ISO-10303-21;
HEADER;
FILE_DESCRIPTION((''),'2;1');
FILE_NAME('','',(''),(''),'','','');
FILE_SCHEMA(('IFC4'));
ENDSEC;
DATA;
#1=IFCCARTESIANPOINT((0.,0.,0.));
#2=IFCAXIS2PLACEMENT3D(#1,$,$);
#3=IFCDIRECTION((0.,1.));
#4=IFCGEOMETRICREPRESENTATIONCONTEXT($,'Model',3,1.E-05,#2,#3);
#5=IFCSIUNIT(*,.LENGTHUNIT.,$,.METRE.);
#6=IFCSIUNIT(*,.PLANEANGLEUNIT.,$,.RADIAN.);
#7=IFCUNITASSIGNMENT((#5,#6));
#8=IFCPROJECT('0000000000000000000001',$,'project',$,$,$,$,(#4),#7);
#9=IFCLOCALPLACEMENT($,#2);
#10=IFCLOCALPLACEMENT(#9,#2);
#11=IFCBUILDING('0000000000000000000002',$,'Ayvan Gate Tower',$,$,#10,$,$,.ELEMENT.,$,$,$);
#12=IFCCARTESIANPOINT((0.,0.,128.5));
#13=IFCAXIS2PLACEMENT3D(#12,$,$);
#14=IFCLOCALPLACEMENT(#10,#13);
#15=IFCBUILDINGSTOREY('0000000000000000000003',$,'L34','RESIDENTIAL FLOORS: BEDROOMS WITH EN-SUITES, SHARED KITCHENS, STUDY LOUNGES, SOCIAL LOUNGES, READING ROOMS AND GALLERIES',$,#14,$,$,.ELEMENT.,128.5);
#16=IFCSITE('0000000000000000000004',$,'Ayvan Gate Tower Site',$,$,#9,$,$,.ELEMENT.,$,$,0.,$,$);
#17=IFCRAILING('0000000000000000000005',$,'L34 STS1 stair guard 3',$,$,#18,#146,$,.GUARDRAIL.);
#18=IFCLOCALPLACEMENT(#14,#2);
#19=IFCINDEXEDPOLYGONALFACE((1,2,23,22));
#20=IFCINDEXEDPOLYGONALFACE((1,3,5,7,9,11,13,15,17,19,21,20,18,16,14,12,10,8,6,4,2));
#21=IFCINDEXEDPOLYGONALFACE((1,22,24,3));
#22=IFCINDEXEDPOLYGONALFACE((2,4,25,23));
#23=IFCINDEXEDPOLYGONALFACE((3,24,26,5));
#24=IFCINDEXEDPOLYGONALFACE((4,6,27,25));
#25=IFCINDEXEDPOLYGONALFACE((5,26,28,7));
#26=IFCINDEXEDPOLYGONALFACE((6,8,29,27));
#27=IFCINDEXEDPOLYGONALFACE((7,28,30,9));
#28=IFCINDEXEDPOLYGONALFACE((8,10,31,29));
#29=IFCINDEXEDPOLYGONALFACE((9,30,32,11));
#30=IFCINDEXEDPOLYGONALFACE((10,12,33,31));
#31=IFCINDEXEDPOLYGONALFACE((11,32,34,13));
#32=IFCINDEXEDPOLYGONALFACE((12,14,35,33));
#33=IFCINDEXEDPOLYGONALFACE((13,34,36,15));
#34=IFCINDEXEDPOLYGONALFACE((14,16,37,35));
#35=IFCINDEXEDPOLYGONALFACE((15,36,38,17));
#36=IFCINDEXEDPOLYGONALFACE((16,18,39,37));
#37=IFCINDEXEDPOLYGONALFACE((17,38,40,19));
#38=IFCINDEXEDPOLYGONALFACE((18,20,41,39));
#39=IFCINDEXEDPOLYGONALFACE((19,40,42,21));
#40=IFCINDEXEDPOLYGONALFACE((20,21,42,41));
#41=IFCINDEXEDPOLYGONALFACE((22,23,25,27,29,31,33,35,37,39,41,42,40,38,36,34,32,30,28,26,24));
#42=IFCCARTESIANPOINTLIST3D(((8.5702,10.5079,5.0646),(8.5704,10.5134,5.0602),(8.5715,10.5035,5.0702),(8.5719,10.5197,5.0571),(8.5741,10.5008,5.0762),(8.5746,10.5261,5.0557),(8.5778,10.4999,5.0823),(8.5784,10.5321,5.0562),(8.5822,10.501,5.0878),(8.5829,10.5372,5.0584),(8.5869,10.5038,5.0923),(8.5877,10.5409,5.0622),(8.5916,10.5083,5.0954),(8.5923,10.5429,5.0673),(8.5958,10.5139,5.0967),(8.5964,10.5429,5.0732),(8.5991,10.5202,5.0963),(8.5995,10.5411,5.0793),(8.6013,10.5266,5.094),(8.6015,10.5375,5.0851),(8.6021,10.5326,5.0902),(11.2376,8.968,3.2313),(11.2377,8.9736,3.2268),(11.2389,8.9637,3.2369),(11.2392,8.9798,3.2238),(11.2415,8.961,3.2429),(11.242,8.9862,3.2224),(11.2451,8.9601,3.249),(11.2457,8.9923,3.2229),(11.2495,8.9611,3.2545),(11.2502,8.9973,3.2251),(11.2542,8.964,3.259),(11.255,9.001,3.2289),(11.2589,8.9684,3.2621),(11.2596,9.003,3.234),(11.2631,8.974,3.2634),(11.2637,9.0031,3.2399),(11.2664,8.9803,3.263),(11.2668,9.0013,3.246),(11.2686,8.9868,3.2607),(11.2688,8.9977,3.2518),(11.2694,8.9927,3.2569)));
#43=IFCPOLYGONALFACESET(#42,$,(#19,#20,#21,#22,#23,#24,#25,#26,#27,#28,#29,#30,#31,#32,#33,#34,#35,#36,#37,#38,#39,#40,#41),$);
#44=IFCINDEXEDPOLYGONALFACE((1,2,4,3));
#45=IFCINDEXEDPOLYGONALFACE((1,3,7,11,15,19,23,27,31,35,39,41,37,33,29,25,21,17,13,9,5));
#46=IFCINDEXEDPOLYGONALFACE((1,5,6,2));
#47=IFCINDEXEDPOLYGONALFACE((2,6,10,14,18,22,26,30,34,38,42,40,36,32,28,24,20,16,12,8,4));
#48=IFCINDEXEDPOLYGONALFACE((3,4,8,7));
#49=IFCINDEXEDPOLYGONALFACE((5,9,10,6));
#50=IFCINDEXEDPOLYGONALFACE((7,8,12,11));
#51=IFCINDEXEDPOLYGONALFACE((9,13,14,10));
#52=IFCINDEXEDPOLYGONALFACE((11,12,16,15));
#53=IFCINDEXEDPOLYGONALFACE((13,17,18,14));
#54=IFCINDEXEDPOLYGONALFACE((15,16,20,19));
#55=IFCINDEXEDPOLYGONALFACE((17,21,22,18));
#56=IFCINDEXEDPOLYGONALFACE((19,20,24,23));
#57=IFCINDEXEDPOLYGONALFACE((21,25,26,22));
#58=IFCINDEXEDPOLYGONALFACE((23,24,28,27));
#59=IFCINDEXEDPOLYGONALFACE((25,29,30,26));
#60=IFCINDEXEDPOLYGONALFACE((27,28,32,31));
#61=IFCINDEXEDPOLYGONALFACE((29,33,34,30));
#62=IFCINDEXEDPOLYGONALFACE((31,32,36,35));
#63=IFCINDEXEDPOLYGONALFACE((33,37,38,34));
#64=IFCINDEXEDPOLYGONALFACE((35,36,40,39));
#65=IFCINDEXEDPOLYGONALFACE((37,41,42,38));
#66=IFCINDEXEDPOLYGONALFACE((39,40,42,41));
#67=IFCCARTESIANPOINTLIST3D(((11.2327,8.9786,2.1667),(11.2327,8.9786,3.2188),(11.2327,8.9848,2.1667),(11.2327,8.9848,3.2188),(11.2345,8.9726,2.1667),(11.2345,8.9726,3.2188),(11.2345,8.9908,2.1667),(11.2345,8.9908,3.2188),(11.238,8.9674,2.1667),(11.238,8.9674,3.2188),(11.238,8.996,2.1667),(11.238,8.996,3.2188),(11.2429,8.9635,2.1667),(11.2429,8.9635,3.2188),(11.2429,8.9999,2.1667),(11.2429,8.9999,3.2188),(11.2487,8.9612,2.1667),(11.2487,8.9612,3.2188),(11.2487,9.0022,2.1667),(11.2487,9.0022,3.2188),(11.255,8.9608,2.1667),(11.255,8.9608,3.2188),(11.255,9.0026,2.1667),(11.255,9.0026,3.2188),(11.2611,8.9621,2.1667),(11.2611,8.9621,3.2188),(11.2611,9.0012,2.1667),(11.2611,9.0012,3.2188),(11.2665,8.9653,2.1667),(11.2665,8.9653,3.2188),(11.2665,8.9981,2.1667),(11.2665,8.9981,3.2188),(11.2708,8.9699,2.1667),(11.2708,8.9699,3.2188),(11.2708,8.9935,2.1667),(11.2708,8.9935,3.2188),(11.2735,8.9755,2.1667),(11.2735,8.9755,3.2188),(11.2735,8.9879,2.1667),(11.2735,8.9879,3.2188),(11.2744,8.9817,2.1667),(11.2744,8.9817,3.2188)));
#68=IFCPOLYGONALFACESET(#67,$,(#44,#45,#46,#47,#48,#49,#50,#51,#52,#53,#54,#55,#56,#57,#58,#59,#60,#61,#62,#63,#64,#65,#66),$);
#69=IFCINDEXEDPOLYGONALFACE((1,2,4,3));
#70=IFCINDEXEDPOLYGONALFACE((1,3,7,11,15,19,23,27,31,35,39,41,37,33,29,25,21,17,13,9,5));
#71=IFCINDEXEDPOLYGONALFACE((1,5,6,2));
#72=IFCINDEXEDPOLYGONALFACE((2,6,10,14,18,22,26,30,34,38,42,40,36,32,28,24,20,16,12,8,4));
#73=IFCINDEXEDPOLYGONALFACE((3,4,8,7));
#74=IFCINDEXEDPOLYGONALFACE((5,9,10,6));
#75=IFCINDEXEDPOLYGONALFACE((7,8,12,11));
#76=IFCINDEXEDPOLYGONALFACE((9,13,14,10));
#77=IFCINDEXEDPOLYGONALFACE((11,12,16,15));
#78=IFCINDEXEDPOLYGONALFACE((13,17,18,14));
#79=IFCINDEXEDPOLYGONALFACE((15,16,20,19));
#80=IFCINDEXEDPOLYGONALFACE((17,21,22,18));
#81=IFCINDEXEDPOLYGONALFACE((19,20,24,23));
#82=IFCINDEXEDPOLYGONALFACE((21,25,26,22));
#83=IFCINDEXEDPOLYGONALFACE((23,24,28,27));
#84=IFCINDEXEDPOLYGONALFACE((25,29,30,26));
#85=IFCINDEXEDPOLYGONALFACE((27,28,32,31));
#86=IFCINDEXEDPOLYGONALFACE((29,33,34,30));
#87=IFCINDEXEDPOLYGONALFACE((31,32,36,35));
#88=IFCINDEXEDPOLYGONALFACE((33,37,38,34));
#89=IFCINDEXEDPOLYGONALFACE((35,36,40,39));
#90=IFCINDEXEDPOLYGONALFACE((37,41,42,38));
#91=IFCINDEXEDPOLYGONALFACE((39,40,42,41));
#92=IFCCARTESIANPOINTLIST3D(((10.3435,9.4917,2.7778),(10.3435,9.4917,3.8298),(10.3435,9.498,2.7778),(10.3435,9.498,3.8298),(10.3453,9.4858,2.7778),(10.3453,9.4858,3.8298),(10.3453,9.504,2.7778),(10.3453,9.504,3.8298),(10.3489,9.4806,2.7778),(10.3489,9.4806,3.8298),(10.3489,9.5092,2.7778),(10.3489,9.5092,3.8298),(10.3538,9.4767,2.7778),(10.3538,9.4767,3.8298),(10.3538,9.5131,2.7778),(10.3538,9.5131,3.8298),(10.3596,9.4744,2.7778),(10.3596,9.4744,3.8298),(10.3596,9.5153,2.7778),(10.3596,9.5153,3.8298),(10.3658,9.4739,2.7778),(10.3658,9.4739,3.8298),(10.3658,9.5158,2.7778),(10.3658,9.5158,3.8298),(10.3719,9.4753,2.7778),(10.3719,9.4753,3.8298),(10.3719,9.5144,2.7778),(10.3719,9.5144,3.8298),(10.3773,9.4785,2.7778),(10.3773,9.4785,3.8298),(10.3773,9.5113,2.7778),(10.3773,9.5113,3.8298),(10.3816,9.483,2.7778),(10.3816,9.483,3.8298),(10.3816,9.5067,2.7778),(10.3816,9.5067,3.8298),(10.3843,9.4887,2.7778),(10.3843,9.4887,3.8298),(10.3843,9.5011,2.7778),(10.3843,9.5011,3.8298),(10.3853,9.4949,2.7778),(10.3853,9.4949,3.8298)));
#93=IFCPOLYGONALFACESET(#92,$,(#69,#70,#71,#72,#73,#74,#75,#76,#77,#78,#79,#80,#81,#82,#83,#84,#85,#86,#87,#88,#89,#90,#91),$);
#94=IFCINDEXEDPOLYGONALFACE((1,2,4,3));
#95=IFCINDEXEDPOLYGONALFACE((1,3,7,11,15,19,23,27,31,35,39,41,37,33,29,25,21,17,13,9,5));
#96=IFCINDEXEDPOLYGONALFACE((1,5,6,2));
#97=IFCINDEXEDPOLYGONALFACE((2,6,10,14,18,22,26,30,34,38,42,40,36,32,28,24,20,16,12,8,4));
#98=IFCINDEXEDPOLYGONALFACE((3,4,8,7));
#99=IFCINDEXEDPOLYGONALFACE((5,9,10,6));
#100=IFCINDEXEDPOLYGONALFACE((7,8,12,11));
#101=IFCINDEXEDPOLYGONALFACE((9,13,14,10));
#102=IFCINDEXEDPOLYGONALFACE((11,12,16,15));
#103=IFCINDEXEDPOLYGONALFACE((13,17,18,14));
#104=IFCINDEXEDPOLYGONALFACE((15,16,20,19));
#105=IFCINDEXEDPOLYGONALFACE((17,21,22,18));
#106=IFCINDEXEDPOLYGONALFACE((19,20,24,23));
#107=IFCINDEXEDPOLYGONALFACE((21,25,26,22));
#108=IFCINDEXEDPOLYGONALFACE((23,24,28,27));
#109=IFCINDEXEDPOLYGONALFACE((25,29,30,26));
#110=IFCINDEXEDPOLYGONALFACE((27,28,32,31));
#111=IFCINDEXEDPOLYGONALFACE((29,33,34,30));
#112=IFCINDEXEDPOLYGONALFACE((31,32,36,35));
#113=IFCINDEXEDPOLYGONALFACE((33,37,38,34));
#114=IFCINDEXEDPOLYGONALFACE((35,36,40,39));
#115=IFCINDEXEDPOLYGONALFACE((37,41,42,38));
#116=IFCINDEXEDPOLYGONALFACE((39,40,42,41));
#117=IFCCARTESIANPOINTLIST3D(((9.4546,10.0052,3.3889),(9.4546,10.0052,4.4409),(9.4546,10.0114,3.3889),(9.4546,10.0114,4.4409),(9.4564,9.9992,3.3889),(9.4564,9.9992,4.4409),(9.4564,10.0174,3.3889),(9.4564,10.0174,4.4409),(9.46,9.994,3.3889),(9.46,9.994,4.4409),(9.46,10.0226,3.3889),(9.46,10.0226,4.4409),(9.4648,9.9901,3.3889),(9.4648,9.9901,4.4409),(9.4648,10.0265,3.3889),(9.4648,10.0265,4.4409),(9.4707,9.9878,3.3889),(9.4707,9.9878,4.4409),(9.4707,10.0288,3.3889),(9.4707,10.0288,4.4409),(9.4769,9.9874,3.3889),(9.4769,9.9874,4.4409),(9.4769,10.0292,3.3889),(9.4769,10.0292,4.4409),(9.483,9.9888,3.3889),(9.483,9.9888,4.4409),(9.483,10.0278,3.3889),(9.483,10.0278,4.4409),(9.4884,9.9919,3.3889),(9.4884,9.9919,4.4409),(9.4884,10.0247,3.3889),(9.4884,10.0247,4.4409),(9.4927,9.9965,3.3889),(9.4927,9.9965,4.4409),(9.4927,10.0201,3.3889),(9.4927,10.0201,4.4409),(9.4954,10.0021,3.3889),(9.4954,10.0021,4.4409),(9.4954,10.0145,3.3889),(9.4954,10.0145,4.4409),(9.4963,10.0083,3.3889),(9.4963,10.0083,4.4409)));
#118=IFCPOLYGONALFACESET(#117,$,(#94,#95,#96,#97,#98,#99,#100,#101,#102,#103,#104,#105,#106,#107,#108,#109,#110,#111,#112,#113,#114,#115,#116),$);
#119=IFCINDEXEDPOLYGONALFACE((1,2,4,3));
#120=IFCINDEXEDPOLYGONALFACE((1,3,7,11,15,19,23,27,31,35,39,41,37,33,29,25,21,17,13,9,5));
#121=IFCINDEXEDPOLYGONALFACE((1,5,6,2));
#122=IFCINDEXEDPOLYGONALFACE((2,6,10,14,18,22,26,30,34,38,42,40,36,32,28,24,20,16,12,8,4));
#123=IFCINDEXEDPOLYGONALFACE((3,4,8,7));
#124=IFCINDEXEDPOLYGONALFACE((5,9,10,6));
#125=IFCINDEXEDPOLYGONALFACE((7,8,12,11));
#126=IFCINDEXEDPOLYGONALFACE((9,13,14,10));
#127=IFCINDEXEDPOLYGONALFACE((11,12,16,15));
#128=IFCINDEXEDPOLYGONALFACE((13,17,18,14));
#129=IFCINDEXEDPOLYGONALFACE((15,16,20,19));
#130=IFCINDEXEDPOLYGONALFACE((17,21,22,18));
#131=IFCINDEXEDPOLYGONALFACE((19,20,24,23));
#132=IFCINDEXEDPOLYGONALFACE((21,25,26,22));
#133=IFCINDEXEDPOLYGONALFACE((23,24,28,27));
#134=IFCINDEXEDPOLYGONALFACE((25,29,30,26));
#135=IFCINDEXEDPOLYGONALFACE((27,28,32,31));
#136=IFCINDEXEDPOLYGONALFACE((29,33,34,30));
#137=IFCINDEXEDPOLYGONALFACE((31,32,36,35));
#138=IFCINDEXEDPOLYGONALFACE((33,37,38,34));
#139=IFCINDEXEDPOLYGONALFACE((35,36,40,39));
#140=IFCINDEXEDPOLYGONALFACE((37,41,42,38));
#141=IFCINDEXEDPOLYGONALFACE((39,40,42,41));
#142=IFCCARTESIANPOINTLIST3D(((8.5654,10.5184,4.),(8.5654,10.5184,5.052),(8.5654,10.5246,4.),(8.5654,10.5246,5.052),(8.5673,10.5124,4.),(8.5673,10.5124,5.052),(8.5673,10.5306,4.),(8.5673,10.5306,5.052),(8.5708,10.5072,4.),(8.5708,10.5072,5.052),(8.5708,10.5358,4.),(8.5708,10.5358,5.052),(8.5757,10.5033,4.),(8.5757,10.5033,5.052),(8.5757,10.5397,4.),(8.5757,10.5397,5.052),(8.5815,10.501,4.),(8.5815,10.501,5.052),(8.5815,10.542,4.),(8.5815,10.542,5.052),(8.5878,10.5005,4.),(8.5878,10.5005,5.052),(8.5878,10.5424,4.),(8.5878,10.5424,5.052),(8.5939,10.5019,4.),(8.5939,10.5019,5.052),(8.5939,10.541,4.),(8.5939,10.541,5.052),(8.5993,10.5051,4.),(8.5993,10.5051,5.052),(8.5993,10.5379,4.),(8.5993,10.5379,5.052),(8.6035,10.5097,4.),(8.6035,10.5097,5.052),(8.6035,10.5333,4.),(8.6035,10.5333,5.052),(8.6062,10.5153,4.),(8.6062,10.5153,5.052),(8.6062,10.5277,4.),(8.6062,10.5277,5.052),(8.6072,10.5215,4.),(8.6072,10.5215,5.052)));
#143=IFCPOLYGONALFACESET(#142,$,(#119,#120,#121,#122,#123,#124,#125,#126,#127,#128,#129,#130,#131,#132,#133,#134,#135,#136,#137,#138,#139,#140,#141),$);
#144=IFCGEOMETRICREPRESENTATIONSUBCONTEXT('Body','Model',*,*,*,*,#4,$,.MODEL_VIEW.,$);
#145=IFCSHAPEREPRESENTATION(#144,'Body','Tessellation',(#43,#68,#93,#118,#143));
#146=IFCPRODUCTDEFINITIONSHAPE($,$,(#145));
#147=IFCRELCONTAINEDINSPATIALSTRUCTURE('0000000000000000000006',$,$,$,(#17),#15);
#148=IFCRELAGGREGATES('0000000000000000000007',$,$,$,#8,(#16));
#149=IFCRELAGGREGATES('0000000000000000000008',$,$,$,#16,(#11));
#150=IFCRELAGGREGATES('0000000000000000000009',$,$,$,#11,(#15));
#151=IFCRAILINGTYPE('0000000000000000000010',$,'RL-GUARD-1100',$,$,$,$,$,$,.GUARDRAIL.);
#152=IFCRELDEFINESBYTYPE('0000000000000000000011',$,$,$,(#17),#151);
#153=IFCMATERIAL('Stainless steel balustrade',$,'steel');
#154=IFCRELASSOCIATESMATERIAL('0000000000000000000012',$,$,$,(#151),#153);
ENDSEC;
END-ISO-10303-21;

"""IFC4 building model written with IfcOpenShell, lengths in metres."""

from ifc_helpers import new_model, si_unit, direction, frame, origin, origin_2d, place, context, subcontext, project, spatial, circle, extrude, material, type_object, element, save


model = new_model("IFC4")

# Units and contexts
model_context = context("Model", 3, precision=1e-05, world=origin(), true_north=direction((0.0, 1.0)))
body_context = subcontext(model_context, "Body", "Model", "MODEL_VIEW")
ifc_project = project(units=[si_unit("LENGTHUNIT", "METRE"), si_unit("PLANEANGLEUNIT", "RADIAN")], contexts=[model_context])

# Site, building, storey
site_placement = place(None, origin())
site = spatial("IfcSite", under=ifc_project, at=site_placement, Name="Ayvan Gate Tower Site", CompositionType="ELEMENT", RefElevation=0.0)
building_placement = place(site_placement, origin())
building = spatial("IfcBuilding", under=site, at=building_placement, Name="Ayvan Gate Tower", CompositionType="ELEMENT")
storey_placement = place(building_placement, frame((0.0, 0.0, 128.5)))
storey = spatial("IfcBuildingStorey", under=building, at=storey_placement, Name="L34", Description="RESIDENTIAL FLOORS: BEDROOMS WITH EN-SUITES, SHARED KITCHENS, STUDY LOUNGES, SOCIAL LOUNGES, READING ROOMS AND GALLERIES", CompositionType="ELEMENT", Elevation=128.5)

# Railing
ifc_material_1 = material(Name="Stainless steel balustrade", Category="steel")
railing_type_1 = type_object("IfcRailingType", Name="RL-GUARD-1100", PredefinedType="GUARDRAIL", material=ifc_material_1)
railing_1_placement = place(storey_placement, frame((11.2534, 8.9817, 2.1667)))
element("IfcRailing", 1, at=railing_1_placement, inside=storey, type_object=railing_type_1, Name="L34 STS1 stair guard 3", PredefinedType="GUARDRAIL", context=body_context, shape_type="SweptSolid", body=[
    extrude(circle(Radius=0.0239, at=origin_2d()), frame((0.0, 0.0, 1.0762), z_axis=(-0.744181, 0.429616, 0.511493), x_axis=(-0.499967, -0.866044, 0.0)), (0.0, 0.0, 1.0), 3.5842),
    extrude(circle(Radius=0.021, at=origin_2d()), origin(), (0.0, 0.0, 1.0), 1.052),
    extrude(circle(Radius=0.021, at=origin_2d()), frame((-0.8892, 0.5132, 0.6111)), (0.0, 0.0, 1.0), 1.052),
    extrude(circle(Radius=0.021, at=origin_2d()), frame((-1.7781, 1.0266, 1.2222)), (0.0, 0.0, 1.0), 1.052),
    extrude(circle(Radius=0.021, at=origin_2d()), frame((-2.6672, 1.5398, 1.8333)), (0.0, 0.0, 1.0), 1.052),
])

save(model, "model.ifc")
